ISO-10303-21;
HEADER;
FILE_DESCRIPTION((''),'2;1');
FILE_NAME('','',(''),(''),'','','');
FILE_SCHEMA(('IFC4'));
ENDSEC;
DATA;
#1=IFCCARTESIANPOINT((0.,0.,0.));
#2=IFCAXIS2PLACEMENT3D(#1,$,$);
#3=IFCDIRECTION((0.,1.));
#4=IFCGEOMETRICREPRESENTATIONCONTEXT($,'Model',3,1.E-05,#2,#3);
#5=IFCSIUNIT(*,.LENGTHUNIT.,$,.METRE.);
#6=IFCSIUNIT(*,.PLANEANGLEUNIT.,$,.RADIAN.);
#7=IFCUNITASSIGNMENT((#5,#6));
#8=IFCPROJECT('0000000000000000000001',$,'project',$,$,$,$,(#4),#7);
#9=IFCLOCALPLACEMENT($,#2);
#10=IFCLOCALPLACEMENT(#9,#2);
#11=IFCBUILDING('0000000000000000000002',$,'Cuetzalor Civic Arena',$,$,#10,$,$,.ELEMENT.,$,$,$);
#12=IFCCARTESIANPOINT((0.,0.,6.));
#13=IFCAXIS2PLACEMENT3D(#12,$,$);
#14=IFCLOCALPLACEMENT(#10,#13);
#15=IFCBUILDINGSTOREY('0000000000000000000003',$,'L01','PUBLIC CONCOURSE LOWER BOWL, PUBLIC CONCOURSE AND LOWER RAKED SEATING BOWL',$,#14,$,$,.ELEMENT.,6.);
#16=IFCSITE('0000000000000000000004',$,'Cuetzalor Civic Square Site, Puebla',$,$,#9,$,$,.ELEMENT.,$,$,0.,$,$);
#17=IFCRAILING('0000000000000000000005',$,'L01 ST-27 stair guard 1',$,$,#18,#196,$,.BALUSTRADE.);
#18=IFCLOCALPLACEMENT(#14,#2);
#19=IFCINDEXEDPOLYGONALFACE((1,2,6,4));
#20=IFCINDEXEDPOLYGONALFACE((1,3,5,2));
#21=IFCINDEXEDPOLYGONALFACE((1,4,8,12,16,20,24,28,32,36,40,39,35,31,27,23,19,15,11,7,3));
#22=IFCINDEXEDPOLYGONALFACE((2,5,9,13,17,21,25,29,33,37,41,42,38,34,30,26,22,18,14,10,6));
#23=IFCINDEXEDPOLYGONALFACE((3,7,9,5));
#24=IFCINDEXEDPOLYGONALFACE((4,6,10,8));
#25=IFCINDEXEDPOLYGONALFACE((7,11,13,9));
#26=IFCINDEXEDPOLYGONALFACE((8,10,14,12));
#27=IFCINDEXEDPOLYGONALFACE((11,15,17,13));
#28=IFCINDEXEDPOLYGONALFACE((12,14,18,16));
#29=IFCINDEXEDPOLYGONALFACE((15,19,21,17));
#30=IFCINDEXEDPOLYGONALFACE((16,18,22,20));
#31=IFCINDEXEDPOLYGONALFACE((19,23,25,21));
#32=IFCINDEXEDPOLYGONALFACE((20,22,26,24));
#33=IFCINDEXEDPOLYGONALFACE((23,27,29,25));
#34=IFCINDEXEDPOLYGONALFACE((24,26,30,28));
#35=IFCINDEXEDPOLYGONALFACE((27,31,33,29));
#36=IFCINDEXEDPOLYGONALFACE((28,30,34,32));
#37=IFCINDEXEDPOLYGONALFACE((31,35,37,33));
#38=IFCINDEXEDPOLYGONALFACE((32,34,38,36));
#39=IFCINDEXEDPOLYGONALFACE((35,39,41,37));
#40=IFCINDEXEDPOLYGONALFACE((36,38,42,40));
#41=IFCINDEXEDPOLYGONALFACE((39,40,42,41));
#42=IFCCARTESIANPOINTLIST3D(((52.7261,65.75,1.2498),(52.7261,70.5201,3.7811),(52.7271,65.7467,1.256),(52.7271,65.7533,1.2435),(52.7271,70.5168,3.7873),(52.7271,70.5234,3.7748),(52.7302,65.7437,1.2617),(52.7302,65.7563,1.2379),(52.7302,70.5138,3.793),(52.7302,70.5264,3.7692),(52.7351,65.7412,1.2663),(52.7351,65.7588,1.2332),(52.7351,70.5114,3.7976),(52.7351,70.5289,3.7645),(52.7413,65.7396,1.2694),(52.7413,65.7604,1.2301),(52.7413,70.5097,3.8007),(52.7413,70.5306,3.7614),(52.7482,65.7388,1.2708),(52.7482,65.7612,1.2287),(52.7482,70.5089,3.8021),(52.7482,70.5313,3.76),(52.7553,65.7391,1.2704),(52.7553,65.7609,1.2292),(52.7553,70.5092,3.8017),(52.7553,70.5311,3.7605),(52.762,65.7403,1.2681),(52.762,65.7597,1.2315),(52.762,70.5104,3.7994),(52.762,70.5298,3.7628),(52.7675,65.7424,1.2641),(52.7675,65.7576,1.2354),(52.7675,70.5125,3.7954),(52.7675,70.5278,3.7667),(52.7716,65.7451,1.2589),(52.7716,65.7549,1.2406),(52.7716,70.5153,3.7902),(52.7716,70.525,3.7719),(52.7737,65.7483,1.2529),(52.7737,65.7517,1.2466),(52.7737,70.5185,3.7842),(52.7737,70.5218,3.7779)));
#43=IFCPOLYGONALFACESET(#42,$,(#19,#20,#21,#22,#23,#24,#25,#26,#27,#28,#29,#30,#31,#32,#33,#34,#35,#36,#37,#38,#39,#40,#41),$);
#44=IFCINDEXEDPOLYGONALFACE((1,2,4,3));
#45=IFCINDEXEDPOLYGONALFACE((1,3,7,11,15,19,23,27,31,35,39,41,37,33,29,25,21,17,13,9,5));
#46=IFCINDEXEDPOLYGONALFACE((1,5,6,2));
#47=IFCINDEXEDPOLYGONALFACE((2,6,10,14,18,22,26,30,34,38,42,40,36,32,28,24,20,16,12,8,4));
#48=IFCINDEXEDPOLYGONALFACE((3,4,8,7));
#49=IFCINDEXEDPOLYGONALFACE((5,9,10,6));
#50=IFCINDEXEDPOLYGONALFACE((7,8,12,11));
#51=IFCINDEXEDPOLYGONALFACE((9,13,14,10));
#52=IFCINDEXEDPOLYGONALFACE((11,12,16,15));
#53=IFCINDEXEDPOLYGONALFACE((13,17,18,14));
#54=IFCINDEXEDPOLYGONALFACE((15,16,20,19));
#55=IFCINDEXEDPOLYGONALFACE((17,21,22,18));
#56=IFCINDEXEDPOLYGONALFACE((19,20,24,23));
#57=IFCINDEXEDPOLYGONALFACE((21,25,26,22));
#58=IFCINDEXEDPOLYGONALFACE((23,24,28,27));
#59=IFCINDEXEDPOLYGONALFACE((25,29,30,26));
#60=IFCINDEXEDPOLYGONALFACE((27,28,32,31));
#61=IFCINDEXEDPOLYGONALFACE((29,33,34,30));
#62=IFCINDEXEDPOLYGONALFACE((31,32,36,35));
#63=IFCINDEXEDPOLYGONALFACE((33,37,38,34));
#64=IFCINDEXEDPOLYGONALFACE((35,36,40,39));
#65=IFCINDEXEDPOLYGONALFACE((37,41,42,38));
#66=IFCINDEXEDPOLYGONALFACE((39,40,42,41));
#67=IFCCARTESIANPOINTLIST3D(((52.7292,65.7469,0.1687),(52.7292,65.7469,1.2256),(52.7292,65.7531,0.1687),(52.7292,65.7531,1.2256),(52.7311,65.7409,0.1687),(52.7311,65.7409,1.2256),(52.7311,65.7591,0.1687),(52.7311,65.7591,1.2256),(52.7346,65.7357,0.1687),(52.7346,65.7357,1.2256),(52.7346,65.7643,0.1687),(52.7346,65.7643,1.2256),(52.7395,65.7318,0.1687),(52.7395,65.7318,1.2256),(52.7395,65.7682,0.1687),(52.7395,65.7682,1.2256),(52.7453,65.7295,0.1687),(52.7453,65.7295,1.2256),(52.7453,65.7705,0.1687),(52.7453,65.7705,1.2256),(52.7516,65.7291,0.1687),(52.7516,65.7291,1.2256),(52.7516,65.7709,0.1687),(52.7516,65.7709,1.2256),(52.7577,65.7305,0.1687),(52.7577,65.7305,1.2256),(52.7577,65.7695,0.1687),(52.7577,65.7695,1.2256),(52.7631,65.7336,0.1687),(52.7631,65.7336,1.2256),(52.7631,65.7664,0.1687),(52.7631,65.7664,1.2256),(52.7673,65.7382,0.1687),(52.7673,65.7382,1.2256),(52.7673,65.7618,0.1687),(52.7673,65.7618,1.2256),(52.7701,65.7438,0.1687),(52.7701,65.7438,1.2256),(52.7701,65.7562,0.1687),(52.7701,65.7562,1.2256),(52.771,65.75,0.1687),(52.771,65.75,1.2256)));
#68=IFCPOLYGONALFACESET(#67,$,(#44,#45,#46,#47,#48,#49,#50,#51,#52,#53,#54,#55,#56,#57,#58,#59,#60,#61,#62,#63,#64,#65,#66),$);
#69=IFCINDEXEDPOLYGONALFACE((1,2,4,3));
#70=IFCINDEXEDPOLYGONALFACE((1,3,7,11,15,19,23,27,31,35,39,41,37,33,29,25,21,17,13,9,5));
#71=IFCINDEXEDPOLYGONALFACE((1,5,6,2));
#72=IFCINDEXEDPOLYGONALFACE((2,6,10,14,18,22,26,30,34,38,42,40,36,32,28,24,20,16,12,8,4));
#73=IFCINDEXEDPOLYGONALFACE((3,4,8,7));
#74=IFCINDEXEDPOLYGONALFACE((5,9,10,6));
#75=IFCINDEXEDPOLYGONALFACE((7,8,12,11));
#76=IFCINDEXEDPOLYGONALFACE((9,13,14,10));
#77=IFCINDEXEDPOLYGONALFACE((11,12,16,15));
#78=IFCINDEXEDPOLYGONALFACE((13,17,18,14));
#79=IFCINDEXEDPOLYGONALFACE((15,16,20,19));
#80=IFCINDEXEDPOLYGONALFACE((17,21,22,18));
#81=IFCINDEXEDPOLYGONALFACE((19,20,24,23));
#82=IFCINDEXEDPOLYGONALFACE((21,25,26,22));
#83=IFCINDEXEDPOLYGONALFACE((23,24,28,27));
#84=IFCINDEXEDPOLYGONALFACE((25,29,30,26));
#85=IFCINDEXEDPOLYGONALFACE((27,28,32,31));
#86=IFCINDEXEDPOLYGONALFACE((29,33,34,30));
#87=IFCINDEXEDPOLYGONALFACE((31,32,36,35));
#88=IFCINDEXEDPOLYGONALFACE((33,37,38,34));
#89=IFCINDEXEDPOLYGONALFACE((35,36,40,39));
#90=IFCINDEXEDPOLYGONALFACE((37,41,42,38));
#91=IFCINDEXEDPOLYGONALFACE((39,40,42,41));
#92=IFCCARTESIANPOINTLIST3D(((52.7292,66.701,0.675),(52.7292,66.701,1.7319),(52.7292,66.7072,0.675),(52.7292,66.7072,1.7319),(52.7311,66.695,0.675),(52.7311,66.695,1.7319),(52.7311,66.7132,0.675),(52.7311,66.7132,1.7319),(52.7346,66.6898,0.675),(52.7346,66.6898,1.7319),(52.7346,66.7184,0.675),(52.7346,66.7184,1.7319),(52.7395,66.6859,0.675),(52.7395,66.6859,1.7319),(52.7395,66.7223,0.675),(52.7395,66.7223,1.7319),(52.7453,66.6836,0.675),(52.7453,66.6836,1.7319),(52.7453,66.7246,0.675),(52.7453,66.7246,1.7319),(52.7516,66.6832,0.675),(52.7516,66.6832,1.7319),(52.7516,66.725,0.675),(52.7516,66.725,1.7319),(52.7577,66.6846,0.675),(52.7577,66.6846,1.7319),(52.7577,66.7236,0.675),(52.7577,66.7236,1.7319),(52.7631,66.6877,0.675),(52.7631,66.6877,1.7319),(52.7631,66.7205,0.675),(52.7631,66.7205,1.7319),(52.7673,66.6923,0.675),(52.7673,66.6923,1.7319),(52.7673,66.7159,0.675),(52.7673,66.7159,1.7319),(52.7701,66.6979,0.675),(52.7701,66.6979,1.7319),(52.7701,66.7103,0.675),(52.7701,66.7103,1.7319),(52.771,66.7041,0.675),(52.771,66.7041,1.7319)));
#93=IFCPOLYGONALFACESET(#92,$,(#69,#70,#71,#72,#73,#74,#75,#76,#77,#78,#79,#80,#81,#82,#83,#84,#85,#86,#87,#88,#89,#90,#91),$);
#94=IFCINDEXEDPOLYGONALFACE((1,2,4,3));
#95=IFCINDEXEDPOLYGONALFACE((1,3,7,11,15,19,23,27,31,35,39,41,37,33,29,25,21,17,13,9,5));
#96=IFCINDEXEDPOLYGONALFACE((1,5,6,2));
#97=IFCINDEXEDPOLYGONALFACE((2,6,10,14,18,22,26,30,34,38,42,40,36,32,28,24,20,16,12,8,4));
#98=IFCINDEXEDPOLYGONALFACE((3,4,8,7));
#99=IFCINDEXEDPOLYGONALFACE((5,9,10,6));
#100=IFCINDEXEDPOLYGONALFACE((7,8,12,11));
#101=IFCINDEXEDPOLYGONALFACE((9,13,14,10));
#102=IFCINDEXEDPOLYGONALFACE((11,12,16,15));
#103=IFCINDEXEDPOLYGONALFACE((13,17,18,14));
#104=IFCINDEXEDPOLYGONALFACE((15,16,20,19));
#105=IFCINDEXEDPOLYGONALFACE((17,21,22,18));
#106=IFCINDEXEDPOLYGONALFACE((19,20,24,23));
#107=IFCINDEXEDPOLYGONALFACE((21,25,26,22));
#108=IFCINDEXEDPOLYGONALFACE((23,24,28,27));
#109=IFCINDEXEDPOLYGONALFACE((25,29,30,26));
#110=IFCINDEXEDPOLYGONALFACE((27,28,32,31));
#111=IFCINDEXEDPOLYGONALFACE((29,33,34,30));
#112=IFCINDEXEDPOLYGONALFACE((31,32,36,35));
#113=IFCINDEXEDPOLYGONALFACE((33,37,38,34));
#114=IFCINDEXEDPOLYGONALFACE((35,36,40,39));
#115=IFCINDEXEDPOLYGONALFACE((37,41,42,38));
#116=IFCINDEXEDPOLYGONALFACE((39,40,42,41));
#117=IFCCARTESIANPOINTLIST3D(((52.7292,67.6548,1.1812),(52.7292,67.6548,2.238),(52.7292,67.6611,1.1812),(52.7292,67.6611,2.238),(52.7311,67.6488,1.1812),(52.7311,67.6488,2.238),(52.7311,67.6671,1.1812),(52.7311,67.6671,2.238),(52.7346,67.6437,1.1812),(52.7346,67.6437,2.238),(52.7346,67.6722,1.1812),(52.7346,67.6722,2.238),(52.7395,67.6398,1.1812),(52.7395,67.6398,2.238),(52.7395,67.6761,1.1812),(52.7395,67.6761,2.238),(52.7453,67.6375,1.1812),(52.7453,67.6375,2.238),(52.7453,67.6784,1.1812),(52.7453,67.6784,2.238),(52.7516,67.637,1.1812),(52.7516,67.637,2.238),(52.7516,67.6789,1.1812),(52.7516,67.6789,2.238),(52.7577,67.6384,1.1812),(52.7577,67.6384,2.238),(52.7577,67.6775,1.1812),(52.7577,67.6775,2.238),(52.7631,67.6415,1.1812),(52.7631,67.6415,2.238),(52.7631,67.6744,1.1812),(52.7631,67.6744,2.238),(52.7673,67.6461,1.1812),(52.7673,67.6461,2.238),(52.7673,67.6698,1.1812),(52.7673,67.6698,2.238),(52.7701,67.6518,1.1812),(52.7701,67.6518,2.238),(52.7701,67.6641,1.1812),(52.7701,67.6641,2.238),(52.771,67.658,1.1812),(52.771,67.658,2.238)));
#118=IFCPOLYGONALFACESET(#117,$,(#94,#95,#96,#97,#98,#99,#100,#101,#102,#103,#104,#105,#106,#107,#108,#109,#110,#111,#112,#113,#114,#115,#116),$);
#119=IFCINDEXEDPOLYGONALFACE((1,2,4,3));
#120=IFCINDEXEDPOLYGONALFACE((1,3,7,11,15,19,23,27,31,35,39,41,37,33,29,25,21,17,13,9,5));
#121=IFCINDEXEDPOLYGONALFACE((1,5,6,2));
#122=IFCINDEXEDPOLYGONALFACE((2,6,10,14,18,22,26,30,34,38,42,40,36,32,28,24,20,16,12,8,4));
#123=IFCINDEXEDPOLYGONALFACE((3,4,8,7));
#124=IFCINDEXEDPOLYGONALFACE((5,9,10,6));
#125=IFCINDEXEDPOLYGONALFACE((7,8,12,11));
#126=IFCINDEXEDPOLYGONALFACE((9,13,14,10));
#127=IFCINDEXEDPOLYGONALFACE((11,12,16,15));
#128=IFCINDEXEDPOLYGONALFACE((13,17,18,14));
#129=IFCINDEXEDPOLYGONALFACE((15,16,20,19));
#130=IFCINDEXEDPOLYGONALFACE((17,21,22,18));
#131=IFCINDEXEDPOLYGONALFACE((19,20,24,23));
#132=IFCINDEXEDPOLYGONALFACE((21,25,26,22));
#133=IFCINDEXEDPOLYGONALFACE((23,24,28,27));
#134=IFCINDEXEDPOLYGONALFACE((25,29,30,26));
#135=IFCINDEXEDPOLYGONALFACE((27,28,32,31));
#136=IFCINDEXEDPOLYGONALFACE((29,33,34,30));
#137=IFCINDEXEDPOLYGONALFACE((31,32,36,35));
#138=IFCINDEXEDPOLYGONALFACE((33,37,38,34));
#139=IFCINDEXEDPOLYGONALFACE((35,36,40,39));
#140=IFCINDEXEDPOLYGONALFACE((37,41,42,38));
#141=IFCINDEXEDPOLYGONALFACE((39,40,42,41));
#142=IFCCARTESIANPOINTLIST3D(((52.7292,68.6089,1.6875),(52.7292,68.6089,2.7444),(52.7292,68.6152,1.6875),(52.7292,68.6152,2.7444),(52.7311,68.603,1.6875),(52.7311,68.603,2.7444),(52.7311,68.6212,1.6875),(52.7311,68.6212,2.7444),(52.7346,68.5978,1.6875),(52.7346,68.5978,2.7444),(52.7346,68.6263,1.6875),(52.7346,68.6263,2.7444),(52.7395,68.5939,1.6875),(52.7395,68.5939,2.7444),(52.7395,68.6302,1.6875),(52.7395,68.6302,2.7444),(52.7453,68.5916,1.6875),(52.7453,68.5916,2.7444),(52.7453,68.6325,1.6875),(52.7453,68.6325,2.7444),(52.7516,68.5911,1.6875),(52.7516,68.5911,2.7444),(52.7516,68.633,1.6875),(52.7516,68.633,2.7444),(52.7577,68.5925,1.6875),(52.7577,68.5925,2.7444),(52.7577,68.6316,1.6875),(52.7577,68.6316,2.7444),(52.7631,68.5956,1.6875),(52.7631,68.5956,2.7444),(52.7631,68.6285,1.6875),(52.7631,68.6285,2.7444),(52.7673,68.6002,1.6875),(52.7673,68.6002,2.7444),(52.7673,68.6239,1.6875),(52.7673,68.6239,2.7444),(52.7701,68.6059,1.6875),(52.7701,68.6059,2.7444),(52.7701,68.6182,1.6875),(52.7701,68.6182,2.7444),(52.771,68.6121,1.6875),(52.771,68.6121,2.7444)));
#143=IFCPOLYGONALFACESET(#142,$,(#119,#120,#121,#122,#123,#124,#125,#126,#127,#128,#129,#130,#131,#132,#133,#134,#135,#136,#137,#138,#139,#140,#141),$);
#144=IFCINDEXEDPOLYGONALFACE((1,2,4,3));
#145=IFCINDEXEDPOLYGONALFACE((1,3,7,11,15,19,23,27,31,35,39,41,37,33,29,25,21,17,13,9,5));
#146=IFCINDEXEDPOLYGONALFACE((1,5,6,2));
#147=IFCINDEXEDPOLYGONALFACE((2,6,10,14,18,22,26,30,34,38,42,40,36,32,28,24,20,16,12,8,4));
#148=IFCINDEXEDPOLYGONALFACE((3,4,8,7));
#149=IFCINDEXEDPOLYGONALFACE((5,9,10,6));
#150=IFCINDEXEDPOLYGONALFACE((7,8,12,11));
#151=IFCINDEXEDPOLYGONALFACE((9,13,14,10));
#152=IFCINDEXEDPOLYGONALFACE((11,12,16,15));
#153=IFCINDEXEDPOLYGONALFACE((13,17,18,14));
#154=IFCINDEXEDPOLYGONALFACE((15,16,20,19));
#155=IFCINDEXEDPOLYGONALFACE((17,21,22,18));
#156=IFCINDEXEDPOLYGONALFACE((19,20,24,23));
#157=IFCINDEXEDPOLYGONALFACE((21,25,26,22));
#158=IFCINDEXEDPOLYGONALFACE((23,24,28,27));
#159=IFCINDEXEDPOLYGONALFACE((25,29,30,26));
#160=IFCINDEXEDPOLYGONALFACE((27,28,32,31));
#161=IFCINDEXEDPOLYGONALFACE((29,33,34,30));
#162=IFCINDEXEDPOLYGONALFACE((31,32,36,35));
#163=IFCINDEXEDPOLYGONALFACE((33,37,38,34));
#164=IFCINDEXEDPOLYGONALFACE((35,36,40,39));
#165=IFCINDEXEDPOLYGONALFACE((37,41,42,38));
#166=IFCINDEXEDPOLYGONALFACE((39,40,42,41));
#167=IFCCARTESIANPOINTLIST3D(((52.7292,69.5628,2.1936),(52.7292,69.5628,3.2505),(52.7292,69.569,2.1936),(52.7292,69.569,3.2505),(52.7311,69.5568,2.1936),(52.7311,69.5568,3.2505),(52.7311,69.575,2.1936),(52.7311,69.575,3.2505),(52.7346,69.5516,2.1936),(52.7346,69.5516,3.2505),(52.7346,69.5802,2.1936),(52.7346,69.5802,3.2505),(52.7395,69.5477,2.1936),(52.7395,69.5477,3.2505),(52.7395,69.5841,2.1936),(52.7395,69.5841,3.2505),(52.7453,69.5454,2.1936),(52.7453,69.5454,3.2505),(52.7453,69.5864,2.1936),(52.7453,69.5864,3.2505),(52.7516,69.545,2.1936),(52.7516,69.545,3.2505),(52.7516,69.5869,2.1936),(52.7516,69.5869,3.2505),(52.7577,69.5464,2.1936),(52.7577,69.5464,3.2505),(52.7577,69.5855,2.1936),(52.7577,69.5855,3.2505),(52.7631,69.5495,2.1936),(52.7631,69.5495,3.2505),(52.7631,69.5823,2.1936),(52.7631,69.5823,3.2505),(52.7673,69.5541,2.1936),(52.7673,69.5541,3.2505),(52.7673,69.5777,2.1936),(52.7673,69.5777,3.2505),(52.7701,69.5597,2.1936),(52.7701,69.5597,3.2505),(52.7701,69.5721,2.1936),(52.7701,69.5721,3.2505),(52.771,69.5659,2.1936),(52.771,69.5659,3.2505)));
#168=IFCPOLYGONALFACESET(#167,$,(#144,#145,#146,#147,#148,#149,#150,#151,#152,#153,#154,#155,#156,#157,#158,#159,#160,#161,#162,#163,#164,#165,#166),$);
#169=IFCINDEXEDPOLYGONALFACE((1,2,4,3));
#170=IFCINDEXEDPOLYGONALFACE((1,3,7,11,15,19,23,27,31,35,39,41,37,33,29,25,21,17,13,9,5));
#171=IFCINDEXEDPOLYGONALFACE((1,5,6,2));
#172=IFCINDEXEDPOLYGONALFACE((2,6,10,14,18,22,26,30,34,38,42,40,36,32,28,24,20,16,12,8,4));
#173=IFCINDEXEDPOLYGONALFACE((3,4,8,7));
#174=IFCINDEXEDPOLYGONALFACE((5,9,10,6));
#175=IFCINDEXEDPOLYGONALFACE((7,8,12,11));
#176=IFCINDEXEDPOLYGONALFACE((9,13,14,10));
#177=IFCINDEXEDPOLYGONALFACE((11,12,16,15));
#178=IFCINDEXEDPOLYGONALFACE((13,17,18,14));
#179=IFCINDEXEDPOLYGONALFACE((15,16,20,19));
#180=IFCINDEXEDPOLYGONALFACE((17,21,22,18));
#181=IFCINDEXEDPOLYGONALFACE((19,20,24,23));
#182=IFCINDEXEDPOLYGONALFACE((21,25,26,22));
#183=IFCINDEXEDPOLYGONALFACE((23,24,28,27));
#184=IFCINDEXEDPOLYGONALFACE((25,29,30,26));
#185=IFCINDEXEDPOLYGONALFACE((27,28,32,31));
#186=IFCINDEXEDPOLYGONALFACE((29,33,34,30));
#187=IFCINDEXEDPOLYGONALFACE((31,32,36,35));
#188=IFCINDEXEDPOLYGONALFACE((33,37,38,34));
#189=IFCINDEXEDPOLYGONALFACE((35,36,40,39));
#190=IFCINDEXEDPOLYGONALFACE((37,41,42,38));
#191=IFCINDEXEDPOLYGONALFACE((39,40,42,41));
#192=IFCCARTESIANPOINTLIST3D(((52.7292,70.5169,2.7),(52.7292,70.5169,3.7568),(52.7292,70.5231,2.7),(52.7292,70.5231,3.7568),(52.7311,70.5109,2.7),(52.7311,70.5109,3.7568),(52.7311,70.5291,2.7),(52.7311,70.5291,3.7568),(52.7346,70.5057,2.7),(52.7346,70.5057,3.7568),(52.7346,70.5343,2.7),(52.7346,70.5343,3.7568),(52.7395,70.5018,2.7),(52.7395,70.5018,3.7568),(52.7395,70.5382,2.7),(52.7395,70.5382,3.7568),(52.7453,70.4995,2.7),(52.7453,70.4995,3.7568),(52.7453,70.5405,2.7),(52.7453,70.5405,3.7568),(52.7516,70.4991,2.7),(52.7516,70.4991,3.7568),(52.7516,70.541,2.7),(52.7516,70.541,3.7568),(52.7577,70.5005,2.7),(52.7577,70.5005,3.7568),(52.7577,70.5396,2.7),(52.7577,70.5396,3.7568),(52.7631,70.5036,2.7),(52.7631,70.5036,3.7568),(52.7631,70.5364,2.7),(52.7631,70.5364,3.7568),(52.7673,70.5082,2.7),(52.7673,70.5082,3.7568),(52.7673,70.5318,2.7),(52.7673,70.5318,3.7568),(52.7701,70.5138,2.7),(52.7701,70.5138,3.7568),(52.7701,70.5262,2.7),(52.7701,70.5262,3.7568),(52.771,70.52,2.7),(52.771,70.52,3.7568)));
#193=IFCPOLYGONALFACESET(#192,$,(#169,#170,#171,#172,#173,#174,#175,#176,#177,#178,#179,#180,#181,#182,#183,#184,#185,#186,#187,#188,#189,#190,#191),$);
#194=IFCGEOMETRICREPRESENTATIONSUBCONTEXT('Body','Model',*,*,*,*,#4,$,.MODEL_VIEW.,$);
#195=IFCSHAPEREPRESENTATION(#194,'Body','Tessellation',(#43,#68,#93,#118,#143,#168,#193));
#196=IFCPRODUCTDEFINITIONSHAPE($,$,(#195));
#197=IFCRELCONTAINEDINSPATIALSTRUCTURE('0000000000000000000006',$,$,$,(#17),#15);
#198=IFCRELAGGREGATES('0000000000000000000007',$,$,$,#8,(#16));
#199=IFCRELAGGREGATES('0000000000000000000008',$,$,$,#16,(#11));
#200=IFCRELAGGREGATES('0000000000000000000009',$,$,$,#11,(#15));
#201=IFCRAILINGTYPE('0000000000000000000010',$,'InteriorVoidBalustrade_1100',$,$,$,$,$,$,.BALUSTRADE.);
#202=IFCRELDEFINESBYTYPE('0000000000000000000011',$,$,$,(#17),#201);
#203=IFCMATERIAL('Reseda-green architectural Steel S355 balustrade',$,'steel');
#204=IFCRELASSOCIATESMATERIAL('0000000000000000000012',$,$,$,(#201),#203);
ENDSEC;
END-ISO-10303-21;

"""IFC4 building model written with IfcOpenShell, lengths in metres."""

from ifc_helpers import new_model, si_unit, direction, frame, origin, origin_2d, place, context, subcontext, project, spatial, circle, extrude, material, type_object, element, save


model = new_model("IFC4")

# Units and contexts
model_context = context("Model", 3, precision=1e-05, world=origin(), true_north=direction((0.0, 1.0)))
body_context = subcontext(model_context, "Body", "Model", "MODEL_VIEW")
ifc_project = project(units=[si_unit("LENGTHUNIT", "METRE"), si_unit("PLANEANGLEUNIT", "RADIAN")], contexts=[model_context])

# Site, building, storey
site_placement = place(None, origin())
site = spatial("IfcSite", under=ifc_project, at=site_placement, Name="Cuetzalor Civic Square Site, Puebla", CompositionType="ELEMENT", RefElevation=0.0)
building_placement = place(site_placement, origin())
building = spatial("IfcBuilding", under=site, at=building_placement, Name="Cuetzalor Civic Arena", CompositionType="ELEMENT")
storey_placement = place(building_placement, frame((0.0, 0.0, 6.0)))
storey = spatial("IfcBuildingStorey", under=building, at=storey_placement, Name="L01", Description="PUBLIC CONCOURSE LOWER BOWL, PUBLIC CONCOURSE AND LOWER RAKED SEATING BOWL", CompositionType="ELEMENT", Elevation=6.0)

# Railing
ifc_material_1 = material(Name="Reseda-green architectural Steel S355 balustrade", Category="steel")
railing_type_1 = type_object("IfcRailingType", Name="InteriorVoidBalustrade_1100", PredefinedType="BALUSTRADE", material=ifc_material_1)
railing_1_placement = place(storey_placement, frame((52.75, 65.75, 0.1687)))
element("IfcRailing", 1, at=railing_1_placement, inside=storey, type_object=railing_type_1, Name="L01 ST-27 stair guard 1", PredefinedType="BALUSTRADE", context=body_context, shape_type="SweptSolid", body=[
    extrude(circle(Radius=0.0239, at=origin_2d()), frame((0.0, 0.0, 1.0811), z_axis=(0.0, 0.883332, 0.468747), x_axis=(-1.0, 0.0, 0.0)), (0.0, 0.0, 1.0), 5.4001),
    extrude(circle(Radius=0.021, at=origin_2d()), origin(), (0.0, 0.0, 1.0), 1.0569),
    extrude(circle(Radius=0.021, at=origin_2d()), frame((0.0, 0.9541, 0.5063)), (0.0, 0.0, 1.0), 1.0569),
    extrude(circle(Radius=0.021, at=origin_2d()), frame((0.0, 1.908, 1.0125)), (0.0, 0.0, 1.0), 1.0569),
    extrude(circle(Radius=0.021, at=origin_2d()), frame((0.0, 2.8621, 1.5188)), (0.0, 0.0, 1.0), 1.0569),
    extrude(circle(Radius=0.021, at=origin_2d()), frame((0.0, 3.8159, 2.0249)), (0.0, 0.0, 1.0), 1.0569),
    extrude(circle(Radius=0.021, at=origin_2d()), frame((0.0, 4.77, 2.5312)), (0.0, 0.0, 1.0), 1.0569),
])

save(model, "model.ifc")
